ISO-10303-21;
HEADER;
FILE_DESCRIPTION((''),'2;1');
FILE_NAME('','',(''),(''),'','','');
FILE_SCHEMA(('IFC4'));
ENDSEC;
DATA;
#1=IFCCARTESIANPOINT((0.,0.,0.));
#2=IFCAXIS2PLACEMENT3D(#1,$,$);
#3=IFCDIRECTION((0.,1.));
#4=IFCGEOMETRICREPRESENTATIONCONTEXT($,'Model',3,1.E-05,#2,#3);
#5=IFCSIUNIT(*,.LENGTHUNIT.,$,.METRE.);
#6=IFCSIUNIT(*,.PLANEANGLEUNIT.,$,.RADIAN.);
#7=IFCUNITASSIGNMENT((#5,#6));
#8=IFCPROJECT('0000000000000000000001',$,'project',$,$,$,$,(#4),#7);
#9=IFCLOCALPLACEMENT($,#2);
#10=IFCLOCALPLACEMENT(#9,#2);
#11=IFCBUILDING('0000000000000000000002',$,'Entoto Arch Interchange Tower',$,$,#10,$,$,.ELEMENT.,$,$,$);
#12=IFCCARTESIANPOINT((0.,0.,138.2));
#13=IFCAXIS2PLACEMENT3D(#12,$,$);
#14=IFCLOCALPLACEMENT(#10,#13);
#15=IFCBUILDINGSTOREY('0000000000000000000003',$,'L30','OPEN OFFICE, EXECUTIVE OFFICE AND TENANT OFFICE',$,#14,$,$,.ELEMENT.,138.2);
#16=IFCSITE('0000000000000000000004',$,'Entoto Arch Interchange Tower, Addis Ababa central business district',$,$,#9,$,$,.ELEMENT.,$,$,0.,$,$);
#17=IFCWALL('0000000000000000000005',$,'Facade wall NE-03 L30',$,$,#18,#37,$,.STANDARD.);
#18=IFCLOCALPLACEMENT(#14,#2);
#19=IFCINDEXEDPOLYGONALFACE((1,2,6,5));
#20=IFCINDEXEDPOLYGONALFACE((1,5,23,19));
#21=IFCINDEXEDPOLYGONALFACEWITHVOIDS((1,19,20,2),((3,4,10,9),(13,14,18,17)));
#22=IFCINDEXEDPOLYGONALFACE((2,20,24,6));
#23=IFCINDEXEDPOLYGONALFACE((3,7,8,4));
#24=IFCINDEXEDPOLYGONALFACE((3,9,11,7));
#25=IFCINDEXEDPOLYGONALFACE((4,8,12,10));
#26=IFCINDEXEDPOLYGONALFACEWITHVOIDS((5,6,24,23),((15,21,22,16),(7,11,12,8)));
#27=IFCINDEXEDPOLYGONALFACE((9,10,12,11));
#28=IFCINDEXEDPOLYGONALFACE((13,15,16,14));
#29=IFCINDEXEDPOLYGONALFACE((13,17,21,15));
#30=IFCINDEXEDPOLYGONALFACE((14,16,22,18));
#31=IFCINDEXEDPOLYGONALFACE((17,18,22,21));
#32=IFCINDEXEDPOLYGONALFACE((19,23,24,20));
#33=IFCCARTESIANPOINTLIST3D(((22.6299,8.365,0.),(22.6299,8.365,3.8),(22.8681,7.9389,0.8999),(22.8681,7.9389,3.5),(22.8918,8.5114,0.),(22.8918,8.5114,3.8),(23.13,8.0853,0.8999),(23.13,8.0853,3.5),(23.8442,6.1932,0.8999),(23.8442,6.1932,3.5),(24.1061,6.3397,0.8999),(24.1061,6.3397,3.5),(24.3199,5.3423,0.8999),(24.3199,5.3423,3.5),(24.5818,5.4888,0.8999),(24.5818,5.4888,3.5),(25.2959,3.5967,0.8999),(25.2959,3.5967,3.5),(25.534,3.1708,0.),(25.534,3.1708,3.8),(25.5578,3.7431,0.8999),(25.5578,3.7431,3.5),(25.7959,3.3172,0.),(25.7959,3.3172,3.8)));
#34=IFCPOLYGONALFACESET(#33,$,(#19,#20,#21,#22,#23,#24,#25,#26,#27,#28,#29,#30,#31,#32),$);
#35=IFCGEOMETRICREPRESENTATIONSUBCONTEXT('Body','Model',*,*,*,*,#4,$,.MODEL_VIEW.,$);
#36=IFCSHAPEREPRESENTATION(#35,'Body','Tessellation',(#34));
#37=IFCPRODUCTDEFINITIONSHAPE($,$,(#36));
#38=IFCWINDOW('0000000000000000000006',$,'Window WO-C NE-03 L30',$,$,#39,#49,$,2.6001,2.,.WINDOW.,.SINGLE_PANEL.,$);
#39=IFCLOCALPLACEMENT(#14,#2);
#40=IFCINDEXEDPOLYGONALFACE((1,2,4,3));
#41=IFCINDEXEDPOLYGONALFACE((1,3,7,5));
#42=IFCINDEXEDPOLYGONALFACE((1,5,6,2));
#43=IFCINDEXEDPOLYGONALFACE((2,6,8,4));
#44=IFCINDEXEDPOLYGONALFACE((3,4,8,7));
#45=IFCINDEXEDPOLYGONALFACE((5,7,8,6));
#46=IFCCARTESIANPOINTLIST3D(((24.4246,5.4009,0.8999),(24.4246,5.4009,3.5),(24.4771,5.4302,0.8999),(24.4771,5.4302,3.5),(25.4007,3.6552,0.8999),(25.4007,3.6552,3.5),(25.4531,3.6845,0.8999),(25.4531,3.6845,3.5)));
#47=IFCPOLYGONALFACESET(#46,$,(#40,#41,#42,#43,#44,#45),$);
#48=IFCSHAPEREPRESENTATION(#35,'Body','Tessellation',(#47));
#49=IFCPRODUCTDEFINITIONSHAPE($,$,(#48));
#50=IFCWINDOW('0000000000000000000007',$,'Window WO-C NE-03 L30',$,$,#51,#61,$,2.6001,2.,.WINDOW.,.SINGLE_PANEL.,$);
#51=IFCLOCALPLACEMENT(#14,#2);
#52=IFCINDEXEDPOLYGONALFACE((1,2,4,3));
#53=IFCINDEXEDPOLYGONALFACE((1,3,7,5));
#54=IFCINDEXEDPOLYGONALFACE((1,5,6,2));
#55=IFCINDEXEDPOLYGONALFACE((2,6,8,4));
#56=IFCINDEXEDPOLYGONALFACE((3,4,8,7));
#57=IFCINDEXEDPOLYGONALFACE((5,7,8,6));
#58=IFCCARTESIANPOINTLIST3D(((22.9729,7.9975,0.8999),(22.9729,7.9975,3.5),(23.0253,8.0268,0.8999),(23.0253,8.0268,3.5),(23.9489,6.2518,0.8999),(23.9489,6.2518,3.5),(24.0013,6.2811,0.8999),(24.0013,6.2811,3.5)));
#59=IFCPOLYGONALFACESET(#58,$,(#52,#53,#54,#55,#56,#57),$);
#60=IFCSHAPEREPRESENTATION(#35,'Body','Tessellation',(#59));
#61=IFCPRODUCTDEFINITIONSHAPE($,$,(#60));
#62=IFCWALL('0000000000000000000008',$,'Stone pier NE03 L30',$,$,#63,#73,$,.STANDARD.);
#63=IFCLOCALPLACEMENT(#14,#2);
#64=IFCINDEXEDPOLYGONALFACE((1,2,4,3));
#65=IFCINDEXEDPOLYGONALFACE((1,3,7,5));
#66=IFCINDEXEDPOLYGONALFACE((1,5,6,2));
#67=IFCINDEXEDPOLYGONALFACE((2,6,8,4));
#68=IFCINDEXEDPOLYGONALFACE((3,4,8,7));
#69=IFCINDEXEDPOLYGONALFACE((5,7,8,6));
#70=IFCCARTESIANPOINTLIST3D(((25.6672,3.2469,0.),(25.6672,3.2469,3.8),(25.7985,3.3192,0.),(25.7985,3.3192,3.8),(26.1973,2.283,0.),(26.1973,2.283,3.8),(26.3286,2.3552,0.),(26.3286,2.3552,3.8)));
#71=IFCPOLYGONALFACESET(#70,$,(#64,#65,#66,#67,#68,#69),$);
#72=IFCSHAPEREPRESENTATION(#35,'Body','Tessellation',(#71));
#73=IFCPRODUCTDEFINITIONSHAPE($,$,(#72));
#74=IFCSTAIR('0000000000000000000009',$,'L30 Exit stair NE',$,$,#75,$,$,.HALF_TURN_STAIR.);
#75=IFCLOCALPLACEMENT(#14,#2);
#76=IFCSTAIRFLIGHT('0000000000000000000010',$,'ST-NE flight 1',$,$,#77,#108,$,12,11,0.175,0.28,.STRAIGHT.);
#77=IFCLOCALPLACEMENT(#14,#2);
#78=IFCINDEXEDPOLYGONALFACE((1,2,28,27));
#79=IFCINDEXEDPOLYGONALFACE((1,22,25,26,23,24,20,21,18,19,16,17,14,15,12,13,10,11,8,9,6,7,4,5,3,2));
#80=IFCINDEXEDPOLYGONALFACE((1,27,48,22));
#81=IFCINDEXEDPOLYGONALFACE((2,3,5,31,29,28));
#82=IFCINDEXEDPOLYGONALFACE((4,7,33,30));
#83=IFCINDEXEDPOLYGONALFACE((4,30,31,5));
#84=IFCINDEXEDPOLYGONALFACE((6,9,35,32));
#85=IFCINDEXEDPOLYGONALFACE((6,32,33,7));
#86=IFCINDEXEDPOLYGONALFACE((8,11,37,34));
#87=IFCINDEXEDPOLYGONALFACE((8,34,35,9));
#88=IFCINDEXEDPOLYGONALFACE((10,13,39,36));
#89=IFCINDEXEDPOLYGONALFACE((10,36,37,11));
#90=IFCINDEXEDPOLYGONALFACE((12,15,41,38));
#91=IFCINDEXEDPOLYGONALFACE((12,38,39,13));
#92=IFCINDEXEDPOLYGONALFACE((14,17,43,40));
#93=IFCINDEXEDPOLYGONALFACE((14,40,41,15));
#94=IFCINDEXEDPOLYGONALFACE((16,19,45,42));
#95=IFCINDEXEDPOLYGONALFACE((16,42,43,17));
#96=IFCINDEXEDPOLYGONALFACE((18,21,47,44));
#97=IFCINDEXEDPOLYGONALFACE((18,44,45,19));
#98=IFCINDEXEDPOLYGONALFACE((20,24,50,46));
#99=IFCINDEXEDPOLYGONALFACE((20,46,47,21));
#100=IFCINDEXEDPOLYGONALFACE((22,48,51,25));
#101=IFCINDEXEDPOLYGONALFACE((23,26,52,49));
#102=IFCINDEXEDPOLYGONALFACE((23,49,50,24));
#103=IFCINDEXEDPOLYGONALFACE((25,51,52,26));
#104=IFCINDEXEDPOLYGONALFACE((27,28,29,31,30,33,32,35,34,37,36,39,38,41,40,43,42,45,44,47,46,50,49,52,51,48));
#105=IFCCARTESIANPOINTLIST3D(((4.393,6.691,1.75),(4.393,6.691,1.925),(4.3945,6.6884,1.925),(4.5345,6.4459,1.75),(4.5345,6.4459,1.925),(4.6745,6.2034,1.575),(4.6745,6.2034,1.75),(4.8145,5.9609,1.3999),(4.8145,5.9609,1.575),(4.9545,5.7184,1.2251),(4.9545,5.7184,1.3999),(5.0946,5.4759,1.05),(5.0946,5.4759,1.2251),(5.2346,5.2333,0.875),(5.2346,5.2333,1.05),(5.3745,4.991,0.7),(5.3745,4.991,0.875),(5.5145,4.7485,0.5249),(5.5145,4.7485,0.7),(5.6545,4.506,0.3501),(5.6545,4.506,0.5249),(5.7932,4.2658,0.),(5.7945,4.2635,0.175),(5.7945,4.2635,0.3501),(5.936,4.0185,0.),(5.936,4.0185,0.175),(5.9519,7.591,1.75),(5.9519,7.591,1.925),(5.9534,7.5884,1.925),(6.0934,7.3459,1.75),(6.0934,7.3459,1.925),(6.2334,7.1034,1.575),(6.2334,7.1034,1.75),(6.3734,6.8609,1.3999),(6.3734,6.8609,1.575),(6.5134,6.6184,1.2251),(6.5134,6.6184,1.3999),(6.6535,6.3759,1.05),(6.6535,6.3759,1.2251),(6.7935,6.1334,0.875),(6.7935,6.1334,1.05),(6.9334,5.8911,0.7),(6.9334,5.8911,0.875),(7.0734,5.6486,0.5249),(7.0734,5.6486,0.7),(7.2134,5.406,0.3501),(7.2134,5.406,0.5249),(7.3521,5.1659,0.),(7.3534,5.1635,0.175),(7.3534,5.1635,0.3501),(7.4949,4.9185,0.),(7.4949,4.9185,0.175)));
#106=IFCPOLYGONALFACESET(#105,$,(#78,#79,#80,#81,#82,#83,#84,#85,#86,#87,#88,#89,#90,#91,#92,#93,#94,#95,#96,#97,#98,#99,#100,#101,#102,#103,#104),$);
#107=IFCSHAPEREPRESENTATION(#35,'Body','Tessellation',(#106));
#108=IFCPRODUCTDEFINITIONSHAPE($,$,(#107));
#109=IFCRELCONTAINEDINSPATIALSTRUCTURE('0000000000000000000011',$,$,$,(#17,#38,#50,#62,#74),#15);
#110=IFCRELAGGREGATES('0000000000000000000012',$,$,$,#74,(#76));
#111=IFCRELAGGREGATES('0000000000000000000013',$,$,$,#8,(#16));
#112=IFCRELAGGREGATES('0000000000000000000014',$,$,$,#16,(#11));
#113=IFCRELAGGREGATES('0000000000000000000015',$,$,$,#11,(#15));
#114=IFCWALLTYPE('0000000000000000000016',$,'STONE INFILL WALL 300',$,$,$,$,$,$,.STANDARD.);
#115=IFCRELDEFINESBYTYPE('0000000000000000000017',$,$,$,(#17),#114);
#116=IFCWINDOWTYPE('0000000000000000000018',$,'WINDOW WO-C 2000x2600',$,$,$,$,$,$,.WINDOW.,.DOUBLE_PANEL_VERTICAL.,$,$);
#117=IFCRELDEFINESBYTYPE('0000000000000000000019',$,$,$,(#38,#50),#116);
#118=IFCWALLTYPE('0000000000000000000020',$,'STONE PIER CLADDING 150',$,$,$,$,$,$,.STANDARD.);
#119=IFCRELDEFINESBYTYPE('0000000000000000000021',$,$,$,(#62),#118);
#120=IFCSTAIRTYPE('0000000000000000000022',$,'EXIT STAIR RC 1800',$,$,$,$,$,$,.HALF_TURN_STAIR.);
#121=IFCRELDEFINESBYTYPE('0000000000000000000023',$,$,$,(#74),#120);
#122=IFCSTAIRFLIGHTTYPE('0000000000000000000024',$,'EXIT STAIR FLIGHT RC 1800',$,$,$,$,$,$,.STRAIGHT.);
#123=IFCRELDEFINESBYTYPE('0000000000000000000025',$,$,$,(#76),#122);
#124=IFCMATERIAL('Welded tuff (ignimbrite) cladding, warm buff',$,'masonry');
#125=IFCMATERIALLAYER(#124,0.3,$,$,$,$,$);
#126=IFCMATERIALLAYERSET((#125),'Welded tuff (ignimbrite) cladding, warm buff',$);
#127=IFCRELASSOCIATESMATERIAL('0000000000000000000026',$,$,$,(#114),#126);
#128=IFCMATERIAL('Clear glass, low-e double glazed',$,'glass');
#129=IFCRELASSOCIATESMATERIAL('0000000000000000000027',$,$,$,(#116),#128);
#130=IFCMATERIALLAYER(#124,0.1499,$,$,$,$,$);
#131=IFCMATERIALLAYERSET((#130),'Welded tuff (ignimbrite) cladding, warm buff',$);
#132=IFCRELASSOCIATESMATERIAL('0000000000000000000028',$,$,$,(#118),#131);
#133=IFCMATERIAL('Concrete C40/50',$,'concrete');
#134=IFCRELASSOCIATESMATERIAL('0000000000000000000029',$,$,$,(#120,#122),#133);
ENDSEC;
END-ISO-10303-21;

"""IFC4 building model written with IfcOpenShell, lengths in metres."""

from ifc_helpers import new_model, si_unit, direction, frame, frame_2d, origin, place, context, subcontext, project, spatial, polyline, rectangle, outline, extrude, material, layer, layer_set, type_object, element, fill, aggregate, save


model = new_model("IFC4")

# Units and contexts
model_context = context("Model", 3, precision=1e-05, world=origin(), true_north=direction((0.0, 1.0)))
body_context = subcontext(model_context, "Body", "Model", "MODEL_VIEW")
ifc_project = project(units=[si_unit("LENGTHUNIT", "METRE"), si_unit("PLANEANGLEUNIT", "RADIAN")], contexts=[model_context])

# Site, building, storey
site_placement = place(None, origin())
site = spatial("IfcSite", under=ifc_project, at=site_placement, Name="Entoto Arch Interchange Tower, Addis Ababa central business district", CompositionType="ELEMENT", RefElevation=0.0)
building_placement = place(site_placement, origin())
building = spatial("IfcBuilding", under=site, at=building_placement, Name="Entoto Arch Interchange Tower", CompositionType="ELEMENT")
storey_placement = place(building_placement, frame((0.0, 0.0, 138.2)))
storey = spatial("IfcBuildingStorey", under=building, at=storey_placement, Name="L30", Description="OPEN OFFICE, EXECUTIVE OFFICE AND TENANT OFFICE", CompositionType="ELEMENT", Elevation=138.2)

# Shared definitions
ifc_material_1 = material(Name="Concrete C40/50", Category="concrete")

# Wall, openings, windows
ifc_material_2 = material(Name="Welded tuff (ignimbrite) cladding, warm buff", Category="masonry")
ifc_layer_1 = layer(ifc_material_2, 0.3)
ifc_layer_set_1 = layer_set([ifc_layer_1], Name="Welded tuff (ignimbrite) cladding, warm buff")
wall_type_1 = type_object("IfcWallType", Name="STONE INFILL WALL 300", PredefinedType="STANDARD", material=ifc_layer_set_1)
wall_1_placement = place(storey_placement, frame((25.665, 3.2439, 0.0), z_axis=(0.0, 0.0, 1.0), x_axis=(-0.48801, 0.872838, 0.0)))
wall_1 = element("IfcWall", 1, at=wall_1_placement, inside=storey, type_object=wall_type_1, Name="Facade wall NE-03 L30", PredefinedType="STANDARD", context=body_context, shape_type="SweptSolid", body=[
    extrude(rectangle(XDim=5.9509, YDim=0.3, at=frame_2d((2.9756, 0.0))), origin(), (0.0, 0.0, 1.0), 3.8),
])
opening_1_placement = place(wall_1_placement, frame((0.488, 0.0, 0.8999)))
opening_1 = element("IfcOpeningElement", 2, at=opening_1_placement, cuts=wall_1, PredefinedType="OPENING", context=body_context, shape_type="SweptSolid", body=[
    extrude(rectangle(XDim=2.0, YDim=2.6001, at=frame_2d((1.0, 1.3))), frame((0.0, 0.1602, 0.0), z_axis=(0.0, -1.0, 0.0), x_axis=(1.0, 0.0, 0.0)), (0.0, 0.0, 1.0), 0.3201),
])
opening_2_placement = place(wall_1_placement, frame((3.4629, 0.0, 0.8999)))
opening_2 = element("IfcOpeningElement", 3, at=opening_2_placement, cuts=wall_1, PredefinedType="OPENING", context=body_context, shape_type="SweptSolid", body=[
    extrude(rectangle(XDim=2.0, YDim=2.6001, at=frame_2d((1.0, 1.3))), frame((0.0, 0.1602, 0.0), z_axis=(0.0, -1.0, 0.0), x_axis=(1.0, 0.0, 0.0)), (0.0, 0.0, 1.0), 0.3201),
])
ifc_material_3 = material(Name="Clear glass, low-e double glazed", Category="glass")
window_type = type_object("IfcWindowType", Name="WINDOW WO-C 2000x2600", PartitioningType="DOUBLE_PANEL_VERTICAL", PredefinedType="WINDOW", material=ifc_material_3)
window_1_placement = place(opening_1_placement, origin())
window_1 = element("IfcWindow", 4, at=window_1_placement, inside=storey, type_object=window_type, Name="Window WO-C NE-03 L30", OverallHeight=2.6001, OverallWidth=2.0, PartitioningType="SINGLE_PANEL", PredefinedType="WINDOW", context=body_context, shape_type="SweptSolid", body=[
    extrude(rectangle(XDim=2.0, YDim=2.6001, at=frame_2d((1.0, 1.3))), frame((0.0, 0.03, 0.0), z_axis=(0.0, -1.0, 0.0), x_axis=(1.0, 0.0, 0.0)), (0.0, 0.0, 1.0), 0.0601),
])
fill(opening_1, window_1)
window_2_placement = place(opening_2_placement, origin())
window_2 = element("IfcWindow", 5, at=window_2_placement, inside=storey, type_object=window_type, Name="Window WO-C NE-03 L30", OverallHeight=2.6001, OverallWidth=2.0, PartitioningType="SINGLE_PANEL", PredefinedType="WINDOW", context=body_context, shape_type="SweptSolid", body=[
    extrude(rectangle(XDim=2.0, YDim=2.6001, at=frame_2d((1.0, 1.3))), frame((0.0, 0.03, 0.0), z_axis=(0.0, -1.0, 0.0), x_axis=(1.0, 0.0, 0.0)), (0.0, 0.0, 1.0), 0.0601),
])
fill(opening_2, window_2)

# Wall
ifc_layer_2 = layer(ifc_material_2, 0.1499)
ifc_layer_set_2 = layer_set([ifc_layer_2], Name="Welded tuff (ignimbrite) cladding, warm buff")
wall_type_2 = type_object("IfcWallType", Name="STONE PIER CLADDING 150", PredefinedType="STANDARD", material=ifc_layer_set_2)
wall_2_placement = place(storey_placement, frame((26.2629, 2.3191, 0.0), z_axis=(0.0, 0.0, 1.0), x_axis=(-0.481851, 0.876253, 0.0)))
element("IfcWall", 6, at=wall_2_placement, inside=storey, type_object=wall_type_2, Name="Stone pier NE03 L30", PredefinedType="STANDARD", context=body_context, shape_type="SweptSolid", body=[
    extrude(rectangle(XDim=1.1001, YDim=0.1499, at=frame_2d((0.55, 0.0))), origin(), (0.0, 0.0, 1.0), 3.8),
])

# Stair, stair flight
stair_type = type_object("IfcStairType", Name="EXIT STAIR RC 1800", PredefinedType="HALF_TURN_STAIR", material=ifc_material_1)
stair_placement = place(storey_placement, origin())
stair = element("IfcStair", 7, at=stair_placement, inside=storey, type_object=stair_type, Name="L30 Exit stair NE", PredefinedType="HALF_TURN_STAIR")
stair_flight_type = type_object("IfcStairFlightType", Name="EXIT STAIR FLIGHT RC 1800", PredefinedType="STRAIGHT", material=ifc_material_1)
stair_flight_placement = place(storey_placement, frame((6.7139, 4.4709, 0.0), z_axis=(0.0, 0.0, 1.0), x_axis=(-0.5, 0.866025, 0.0)))
stair_flight = element("IfcStairFlight", 8, at=stair_flight_placement, type_object=stair_flight_type, Name="ST-NE flight 1", NumberOfRisers=12, NumberOfTreads=11, PredefinedType="STRAIGHT", RiserHeight=0.175, TreadLength=0.28, context=body_context, shape_type="SweptSolid", body=[
    extrude(outline(polyline([(-0.0029, 0.0), (-0.0029, 0.175), (0.28, 0.175), (0.28, 0.3501), (0.5601, 0.3501), (0.5601, 0.5249), (0.8401, 0.5249), (0.8401, 0.7), (1.1201, 0.7), (1.1201, 0.875), (1.3999, 0.875), (1.3999, 1.05), (1.6799, 1.05), (1.6799, 1.2251), (1.96, 1.2251), (1.96, 1.3999), (2.24, 1.3999), (2.24, 1.575), (2.52, 1.575), (2.52, 1.75), (2.8, 1.75), (2.8, 1.925), (3.0801, 1.925), (3.083, 1.925), (3.083, 1.75), (0.2827, 0.0), (-0.0029, 0.0)])), frame((0.0, 0.8999, 0.0), z_axis=(0.0, -1.0, 0.0), x_axis=(1.0, 0.0, 0.0)), (0.0, 0.0, 1.0), 1.8),
])
aggregate(stair, [stair_flight])

save(model, "model.ifc")
